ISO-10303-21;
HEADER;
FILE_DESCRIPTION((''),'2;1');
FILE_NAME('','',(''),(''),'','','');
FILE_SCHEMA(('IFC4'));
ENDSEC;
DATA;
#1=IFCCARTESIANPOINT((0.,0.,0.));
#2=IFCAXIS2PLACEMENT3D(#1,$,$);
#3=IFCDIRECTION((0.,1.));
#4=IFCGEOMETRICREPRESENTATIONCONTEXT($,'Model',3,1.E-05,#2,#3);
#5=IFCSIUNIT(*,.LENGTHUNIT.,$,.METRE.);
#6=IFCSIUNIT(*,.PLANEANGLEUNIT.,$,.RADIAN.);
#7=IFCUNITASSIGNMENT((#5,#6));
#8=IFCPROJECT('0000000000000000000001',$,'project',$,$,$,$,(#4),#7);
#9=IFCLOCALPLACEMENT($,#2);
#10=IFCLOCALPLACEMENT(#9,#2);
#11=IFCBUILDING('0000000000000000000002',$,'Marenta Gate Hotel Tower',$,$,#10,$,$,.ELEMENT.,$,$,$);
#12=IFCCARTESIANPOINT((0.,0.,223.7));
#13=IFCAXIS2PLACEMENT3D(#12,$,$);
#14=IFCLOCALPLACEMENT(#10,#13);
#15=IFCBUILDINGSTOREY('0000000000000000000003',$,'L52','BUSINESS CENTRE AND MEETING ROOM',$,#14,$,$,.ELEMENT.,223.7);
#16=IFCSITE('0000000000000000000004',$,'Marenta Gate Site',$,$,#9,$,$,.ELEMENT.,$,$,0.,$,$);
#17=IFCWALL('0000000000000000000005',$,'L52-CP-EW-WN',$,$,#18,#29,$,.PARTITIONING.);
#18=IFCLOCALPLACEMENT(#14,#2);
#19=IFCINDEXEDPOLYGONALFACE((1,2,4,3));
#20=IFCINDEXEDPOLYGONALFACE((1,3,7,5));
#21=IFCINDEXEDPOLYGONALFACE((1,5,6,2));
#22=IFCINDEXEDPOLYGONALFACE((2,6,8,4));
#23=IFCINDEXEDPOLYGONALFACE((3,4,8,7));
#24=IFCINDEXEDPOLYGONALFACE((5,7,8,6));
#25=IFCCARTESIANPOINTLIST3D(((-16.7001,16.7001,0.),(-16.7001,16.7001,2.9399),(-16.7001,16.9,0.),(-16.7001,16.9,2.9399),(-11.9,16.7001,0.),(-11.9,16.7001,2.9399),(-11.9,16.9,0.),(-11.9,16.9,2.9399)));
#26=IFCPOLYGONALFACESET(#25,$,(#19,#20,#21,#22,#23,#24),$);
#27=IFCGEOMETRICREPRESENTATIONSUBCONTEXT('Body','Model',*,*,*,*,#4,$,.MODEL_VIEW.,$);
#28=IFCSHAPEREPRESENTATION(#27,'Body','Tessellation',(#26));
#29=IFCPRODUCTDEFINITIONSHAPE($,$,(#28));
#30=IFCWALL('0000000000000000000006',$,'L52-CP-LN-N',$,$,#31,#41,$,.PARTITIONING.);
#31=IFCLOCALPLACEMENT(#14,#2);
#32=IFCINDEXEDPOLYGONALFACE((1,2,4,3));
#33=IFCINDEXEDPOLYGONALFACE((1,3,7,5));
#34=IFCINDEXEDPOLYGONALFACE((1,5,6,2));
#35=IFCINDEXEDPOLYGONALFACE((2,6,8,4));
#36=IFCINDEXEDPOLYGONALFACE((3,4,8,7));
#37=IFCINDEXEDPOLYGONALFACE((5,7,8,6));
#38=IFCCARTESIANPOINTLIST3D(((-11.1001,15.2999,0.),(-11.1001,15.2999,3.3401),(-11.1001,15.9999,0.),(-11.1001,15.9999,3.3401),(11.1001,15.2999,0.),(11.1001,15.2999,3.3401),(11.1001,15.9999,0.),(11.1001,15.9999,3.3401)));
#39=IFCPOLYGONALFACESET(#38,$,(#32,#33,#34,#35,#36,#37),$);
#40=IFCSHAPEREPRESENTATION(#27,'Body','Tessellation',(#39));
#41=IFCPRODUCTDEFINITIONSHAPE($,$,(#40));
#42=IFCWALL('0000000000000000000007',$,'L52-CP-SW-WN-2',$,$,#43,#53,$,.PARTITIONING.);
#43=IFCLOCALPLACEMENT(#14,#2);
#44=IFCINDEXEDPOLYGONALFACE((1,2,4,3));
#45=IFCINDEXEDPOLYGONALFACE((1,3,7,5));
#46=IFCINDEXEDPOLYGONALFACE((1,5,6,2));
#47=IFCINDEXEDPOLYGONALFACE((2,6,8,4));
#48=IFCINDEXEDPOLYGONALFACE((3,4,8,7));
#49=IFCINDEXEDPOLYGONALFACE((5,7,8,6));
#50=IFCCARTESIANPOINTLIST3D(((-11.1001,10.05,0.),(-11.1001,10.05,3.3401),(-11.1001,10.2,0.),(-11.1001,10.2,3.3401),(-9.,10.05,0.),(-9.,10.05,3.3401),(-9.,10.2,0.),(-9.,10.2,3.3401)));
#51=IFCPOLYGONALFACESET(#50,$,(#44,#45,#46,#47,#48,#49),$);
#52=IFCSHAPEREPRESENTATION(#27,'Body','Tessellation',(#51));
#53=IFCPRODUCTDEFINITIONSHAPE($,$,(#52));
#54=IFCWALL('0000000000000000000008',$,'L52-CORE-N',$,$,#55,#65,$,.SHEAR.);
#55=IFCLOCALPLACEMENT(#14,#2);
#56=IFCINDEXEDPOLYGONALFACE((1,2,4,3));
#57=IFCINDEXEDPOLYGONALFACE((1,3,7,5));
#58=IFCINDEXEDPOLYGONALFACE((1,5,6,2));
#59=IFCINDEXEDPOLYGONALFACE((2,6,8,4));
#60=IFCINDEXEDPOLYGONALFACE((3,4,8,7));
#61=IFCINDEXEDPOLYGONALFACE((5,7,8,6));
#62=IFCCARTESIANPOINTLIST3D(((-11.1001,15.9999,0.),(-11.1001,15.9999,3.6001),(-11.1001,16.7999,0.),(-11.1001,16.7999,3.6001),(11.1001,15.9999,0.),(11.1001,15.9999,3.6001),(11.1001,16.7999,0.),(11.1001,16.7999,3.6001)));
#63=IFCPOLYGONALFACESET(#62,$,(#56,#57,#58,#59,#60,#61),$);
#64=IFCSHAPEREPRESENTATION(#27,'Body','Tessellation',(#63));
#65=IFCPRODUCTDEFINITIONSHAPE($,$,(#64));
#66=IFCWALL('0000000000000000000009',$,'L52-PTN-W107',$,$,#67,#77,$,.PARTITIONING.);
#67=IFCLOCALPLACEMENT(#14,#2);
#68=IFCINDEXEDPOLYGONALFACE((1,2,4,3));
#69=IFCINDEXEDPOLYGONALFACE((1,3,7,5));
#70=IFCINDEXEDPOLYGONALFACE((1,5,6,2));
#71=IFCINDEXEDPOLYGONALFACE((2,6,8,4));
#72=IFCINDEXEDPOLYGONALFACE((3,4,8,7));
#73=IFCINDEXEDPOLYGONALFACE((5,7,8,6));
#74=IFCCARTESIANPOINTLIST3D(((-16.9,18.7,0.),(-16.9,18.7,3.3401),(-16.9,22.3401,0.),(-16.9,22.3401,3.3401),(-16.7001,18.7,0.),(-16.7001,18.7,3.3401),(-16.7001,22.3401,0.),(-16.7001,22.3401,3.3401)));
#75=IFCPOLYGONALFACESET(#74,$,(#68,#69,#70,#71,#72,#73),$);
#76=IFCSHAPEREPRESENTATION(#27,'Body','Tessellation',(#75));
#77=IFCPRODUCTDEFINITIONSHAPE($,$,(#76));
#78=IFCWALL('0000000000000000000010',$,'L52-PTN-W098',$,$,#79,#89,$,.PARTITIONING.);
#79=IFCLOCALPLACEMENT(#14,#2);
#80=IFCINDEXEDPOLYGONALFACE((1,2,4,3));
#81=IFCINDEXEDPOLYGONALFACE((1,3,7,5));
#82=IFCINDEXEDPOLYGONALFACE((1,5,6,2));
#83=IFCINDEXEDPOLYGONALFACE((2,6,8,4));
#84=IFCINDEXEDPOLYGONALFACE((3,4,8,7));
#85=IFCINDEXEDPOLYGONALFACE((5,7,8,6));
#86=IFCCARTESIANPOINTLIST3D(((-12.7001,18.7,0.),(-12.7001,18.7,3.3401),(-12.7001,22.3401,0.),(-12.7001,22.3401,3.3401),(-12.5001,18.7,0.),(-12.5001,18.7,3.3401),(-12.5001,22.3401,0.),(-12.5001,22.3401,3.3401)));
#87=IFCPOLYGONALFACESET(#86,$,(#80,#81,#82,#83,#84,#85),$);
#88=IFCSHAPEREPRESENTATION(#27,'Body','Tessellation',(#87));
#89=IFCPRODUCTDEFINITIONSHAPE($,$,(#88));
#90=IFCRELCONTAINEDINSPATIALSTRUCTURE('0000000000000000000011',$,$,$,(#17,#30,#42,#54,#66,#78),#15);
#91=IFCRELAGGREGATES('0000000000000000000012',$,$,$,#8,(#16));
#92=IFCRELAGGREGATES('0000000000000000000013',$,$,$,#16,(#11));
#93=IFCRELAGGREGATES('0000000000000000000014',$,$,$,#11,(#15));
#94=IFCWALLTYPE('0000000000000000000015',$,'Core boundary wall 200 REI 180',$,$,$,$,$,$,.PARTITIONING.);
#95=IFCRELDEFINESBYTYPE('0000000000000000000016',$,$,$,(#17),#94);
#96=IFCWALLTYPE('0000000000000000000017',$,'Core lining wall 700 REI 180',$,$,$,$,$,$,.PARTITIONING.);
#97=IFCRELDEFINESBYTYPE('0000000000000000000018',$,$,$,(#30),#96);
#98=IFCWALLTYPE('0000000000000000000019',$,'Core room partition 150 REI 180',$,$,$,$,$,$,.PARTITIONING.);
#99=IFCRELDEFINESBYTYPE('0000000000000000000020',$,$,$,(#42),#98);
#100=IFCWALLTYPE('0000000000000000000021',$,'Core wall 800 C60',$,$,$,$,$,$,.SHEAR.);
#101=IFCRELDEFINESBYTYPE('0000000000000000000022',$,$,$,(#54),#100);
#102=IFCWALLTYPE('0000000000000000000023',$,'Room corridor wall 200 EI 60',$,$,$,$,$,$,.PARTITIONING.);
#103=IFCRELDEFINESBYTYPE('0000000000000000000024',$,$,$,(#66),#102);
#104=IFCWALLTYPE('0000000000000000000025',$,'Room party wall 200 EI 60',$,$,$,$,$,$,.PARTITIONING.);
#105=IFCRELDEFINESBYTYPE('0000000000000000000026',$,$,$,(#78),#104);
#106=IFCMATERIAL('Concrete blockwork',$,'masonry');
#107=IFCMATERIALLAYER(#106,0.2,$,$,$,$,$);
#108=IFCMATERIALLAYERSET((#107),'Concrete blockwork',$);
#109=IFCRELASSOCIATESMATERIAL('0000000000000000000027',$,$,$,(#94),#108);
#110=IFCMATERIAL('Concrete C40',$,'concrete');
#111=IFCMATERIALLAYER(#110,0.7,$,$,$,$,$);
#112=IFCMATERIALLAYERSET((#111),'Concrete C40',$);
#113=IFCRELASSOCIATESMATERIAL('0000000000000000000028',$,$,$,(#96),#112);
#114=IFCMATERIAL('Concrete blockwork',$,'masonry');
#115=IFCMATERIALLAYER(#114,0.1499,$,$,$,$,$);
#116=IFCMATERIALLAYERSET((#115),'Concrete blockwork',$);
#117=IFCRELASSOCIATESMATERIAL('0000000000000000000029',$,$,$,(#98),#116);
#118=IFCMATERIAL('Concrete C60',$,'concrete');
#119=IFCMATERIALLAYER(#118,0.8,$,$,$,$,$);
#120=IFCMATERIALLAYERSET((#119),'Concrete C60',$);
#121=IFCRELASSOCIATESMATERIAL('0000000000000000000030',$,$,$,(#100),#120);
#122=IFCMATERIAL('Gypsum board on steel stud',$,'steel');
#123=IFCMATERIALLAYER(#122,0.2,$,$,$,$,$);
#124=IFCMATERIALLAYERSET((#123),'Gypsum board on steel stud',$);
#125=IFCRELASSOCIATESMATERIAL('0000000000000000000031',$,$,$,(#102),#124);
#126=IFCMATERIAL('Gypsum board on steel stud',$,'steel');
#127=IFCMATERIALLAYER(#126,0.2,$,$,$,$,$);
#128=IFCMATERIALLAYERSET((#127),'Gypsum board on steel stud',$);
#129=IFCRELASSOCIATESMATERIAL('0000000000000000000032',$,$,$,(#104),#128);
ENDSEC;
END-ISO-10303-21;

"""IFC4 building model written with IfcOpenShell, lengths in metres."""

from ifc_helpers import new_model, si_unit, direction, frame, frame_2d, origin, place, context, subcontext, project, spatial, rectangle, extrude, material, layer, layer_set, type_object, element, save


model = new_model("IFC4")

# Units and contexts
model_context = context("Model", 3, precision=1e-05, world=origin(), true_north=direction((0.0, 1.0)))
body_context = subcontext(model_context, "Body", "Model", "MODEL_VIEW")
ifc_project = project(units=[si_unit("LENGTHUNIT", "METRE"), si_unit("PLANEANGLEUNIT", "RADIAN")], contexts=[model_context])

# Site, building, storey
site_placement = place(None, origin())
site = spatial("IfcSite", under=ifc_project, at=site_placement, Name="Marenta Gate Site", CompositionType="ELEMENT", RefElevation=0.0)
building_placement = place(site_placement, origin())
building = spatial("IfcBuilding", under=site, at=building_placement, Name="Marenta Gate Hotel Tower", CompositionType="ELEMENT")
storey_placement = place(building_placement, frame((0.0, 0.0, 223.7)))
storey = spatial("IfcBuildingStorey", under=building, at=storey_placement, Name="L52", Description="BUSINESS CENTRE AND MEETING ROOM", CompositionType="ELEMENT", Elevation=223.7)

# Walls
ifc_material_1 = material(Name="Concrete blockwork", Category="masonry")
ifc_layer_1 = layer(ifc_material_1, 0.2)
ifc_layer_set_1 = layer_set([ifc_layer_1], Name="Concrete blockwork")
wall_type_1 = type_object("IfcWallType", Name="Core boundary wall 200 REI 180", PredefinedType="PARTITIONING", material=ifc_layer_set_1)
wall_1_placement = place(storey_placement, frame((-16.7, 16.8, 0.0), z_axis=(0.0, 0.0, 1.0), x_axis=(1.0, 0.0, 0.0)))
element("IfcWall", 1, at=wall_1_placement, inside=storey, type_object=wall_type_1, Name="L52-CP-EW-WN", PredefinedType="PARTITIONING", context=body_context, shape_type="SweptSolid", body=[
    extrude(rectangle(XDim=4.8, YDim=0.2, at=frame_2d((2.3999, 0.0))), origin(), (0.0, 0.0, 1.0), 2.9399),
])
ifc_material_2 = material(Name="Concrete C40", Category="concrete")
ifc_layer_2 = layer(ifc_material_2, 0.7)
ifc_layer_set_2 = layer_set([ifc_layer_2], Name="Concrete C40")
wall_type_2 = type_object("IfcWallType", Name="Core lining wall 700 REI 180", PredefinedType="PARTITIONING", material=ifc_layer_set_2)
wall_2_placement = place(storey_placement, frame((-11.1001, 15.6499, 0.0), z_axis=(0.0, 0.0, 1.0), x_axis=(1.0, 0.0, 0.0)))
element("IfcWall", 2, at=wall_2_placement, inside=storey, type_object=wall_type_2, Name="L52-CP-LN-N", PredefinedType="PARTITIONING", context=body_context, shape_type="SweptSolid", body=[
    extrude(rectangle(XDim=22.2002, YDim=0.7, at=frame_2d((11.1001, 0.0))), origin(), (0.0, 0.0, 1.0), 3.3401),
])
ifc_material_3 = material(Name="Concrete blockwork", Category="masonry")
ifc_layer_3 = layer(ifc_material_3, 0.1499)
ifc_layer_set_3 = layer_set([ifc_layer_3], Name="Concrete blockwork")
wall_type_3 = type_object("IfcWallType", Name="Core room partition 150 REI 180", PredefinedType="PARTITIONING", material=ifc_layer_set_3)
wall_3_placement = place(storey_placement, frame((-11.1001, 10.125, 0.0), z_axis=(0.0, 0.0, 1.0), x_axis=(1.0, 0.0, 0.0)))
element("IfcWall", 3, at=wall_3_placement, inside=storey, type_object=wall_type_3, Name="L52-CP-SW-WN-2", PredefinedType="PARTITIONING", context=body_context, shape_type="SweptSolid", body=[
    extrude(rectangle(XDim=2.1001, YDim=0.1499, at=frame_2d((1.05, 0.0))), origin(), (0.0, 0.0, 1.0), 3.3401),
])
ifc_material_4 = material(Name="Concrete C60", Category="concrete")
ifc_layer_4 = layer(ifc_material_4, 0.8)
ifc_layer_set_4 = layer_set([ifc_layer_4], Name="Concrete C60")
wall_type_4 = type_object("IfcWallType", Name="Core wall 800 C60", PredefinedType="SHEAR", material=ifc_layer_set_4)
wall_4_placement = place(storey_placement, frame((-11.1001, 16.3999, 0.0), z_axis=(0.0, 0.0, 1.0), x_axis=(1.0, 0.0, 0.0)))
element("IfcWall", 4, at=wall_4_placement, inside=storey, type_object=wall_type_4, Name="L52-CORE-N", PredefinedType="SHEAR", context=body_context, shape_type="SweptSolid", body=[
    extrude(rectangle(XDim=22.2002, YDim=0.8, at=frame_2d((11.1001, 0.0))), origin(), (0.0, 0.0, 1.0), 3.6001),
])
ifc_material_5 = material(Name="Gypsum board on steel stud", Category="steel")
ifc_layer_5 = layer(ifc_material_5, 0.2)
ifc_layer_set_5 = layer_set([ifc_layer_5], Name="Gypsum board on steel stud")
wall_type_5 = type_object("IfcWallType", Name="Room corridor wall 200 EI 60", PredefinedType="PARTITIONING", material=ifc_layer_set_5)
wall_5_placement = place(storey_placement, frame((-16.8, 18.7, 0.0), z_axis=(0.0, 0.0, 1.0), x_axis=(0.0, 1.0, 0.0)))
element("IfcWall", 5, at=wall_5_placement, inside=storey, type_object=wall_type_5, Name="L52-PTN-W107", PredefinedType="PARTITIONING", context=body_context, shape_type="SweptSolid", body=[
    extrude(rectangle(XDim=3.6401, YDim=0.2, at=frame_2d((1.8201, 0.0))), origin(), (0.0, 0.0, 1.0), 3.3401),
])

# Wall
ifc_material_6 = material(Name="Gypsum board on steel stud", Category="steel")
ifc_layer_6 = layer(ifc_material_6, 0.2)
ifc_layer_set_6 = layer_set([ifc_layer_6], Name="Gypsum board on steel stud")
wall_type_6 = type_object("IfcWallType", Name="Room party wall 200 EI 60", PredefinedType="PARTITIONING", material=ifc_layer_set_6)
wall_6_placement = place(storey_placement, frame((-12.6001, 18.7, 0.0), z_axis=(0.0, 0.0, 1.0), x_axis=(0.0, 1.0, 0.0)))
element("IfcWall", 6, at=wall_6_placement, inside=storey, type_object=wall_type_6, Name="L52-PTN-W098", PredefinedType="PARTITIONING", context=body_context, shape_type="SweptSolid", body=[
    extrude(rectangle(XDim=3.6401, YDim=0.2, at=frame_2d((1.8201, 0.0))), origin(), (0.0, 0.0, 1.0), 3.3401),
])

save(model, "model.ifc")
